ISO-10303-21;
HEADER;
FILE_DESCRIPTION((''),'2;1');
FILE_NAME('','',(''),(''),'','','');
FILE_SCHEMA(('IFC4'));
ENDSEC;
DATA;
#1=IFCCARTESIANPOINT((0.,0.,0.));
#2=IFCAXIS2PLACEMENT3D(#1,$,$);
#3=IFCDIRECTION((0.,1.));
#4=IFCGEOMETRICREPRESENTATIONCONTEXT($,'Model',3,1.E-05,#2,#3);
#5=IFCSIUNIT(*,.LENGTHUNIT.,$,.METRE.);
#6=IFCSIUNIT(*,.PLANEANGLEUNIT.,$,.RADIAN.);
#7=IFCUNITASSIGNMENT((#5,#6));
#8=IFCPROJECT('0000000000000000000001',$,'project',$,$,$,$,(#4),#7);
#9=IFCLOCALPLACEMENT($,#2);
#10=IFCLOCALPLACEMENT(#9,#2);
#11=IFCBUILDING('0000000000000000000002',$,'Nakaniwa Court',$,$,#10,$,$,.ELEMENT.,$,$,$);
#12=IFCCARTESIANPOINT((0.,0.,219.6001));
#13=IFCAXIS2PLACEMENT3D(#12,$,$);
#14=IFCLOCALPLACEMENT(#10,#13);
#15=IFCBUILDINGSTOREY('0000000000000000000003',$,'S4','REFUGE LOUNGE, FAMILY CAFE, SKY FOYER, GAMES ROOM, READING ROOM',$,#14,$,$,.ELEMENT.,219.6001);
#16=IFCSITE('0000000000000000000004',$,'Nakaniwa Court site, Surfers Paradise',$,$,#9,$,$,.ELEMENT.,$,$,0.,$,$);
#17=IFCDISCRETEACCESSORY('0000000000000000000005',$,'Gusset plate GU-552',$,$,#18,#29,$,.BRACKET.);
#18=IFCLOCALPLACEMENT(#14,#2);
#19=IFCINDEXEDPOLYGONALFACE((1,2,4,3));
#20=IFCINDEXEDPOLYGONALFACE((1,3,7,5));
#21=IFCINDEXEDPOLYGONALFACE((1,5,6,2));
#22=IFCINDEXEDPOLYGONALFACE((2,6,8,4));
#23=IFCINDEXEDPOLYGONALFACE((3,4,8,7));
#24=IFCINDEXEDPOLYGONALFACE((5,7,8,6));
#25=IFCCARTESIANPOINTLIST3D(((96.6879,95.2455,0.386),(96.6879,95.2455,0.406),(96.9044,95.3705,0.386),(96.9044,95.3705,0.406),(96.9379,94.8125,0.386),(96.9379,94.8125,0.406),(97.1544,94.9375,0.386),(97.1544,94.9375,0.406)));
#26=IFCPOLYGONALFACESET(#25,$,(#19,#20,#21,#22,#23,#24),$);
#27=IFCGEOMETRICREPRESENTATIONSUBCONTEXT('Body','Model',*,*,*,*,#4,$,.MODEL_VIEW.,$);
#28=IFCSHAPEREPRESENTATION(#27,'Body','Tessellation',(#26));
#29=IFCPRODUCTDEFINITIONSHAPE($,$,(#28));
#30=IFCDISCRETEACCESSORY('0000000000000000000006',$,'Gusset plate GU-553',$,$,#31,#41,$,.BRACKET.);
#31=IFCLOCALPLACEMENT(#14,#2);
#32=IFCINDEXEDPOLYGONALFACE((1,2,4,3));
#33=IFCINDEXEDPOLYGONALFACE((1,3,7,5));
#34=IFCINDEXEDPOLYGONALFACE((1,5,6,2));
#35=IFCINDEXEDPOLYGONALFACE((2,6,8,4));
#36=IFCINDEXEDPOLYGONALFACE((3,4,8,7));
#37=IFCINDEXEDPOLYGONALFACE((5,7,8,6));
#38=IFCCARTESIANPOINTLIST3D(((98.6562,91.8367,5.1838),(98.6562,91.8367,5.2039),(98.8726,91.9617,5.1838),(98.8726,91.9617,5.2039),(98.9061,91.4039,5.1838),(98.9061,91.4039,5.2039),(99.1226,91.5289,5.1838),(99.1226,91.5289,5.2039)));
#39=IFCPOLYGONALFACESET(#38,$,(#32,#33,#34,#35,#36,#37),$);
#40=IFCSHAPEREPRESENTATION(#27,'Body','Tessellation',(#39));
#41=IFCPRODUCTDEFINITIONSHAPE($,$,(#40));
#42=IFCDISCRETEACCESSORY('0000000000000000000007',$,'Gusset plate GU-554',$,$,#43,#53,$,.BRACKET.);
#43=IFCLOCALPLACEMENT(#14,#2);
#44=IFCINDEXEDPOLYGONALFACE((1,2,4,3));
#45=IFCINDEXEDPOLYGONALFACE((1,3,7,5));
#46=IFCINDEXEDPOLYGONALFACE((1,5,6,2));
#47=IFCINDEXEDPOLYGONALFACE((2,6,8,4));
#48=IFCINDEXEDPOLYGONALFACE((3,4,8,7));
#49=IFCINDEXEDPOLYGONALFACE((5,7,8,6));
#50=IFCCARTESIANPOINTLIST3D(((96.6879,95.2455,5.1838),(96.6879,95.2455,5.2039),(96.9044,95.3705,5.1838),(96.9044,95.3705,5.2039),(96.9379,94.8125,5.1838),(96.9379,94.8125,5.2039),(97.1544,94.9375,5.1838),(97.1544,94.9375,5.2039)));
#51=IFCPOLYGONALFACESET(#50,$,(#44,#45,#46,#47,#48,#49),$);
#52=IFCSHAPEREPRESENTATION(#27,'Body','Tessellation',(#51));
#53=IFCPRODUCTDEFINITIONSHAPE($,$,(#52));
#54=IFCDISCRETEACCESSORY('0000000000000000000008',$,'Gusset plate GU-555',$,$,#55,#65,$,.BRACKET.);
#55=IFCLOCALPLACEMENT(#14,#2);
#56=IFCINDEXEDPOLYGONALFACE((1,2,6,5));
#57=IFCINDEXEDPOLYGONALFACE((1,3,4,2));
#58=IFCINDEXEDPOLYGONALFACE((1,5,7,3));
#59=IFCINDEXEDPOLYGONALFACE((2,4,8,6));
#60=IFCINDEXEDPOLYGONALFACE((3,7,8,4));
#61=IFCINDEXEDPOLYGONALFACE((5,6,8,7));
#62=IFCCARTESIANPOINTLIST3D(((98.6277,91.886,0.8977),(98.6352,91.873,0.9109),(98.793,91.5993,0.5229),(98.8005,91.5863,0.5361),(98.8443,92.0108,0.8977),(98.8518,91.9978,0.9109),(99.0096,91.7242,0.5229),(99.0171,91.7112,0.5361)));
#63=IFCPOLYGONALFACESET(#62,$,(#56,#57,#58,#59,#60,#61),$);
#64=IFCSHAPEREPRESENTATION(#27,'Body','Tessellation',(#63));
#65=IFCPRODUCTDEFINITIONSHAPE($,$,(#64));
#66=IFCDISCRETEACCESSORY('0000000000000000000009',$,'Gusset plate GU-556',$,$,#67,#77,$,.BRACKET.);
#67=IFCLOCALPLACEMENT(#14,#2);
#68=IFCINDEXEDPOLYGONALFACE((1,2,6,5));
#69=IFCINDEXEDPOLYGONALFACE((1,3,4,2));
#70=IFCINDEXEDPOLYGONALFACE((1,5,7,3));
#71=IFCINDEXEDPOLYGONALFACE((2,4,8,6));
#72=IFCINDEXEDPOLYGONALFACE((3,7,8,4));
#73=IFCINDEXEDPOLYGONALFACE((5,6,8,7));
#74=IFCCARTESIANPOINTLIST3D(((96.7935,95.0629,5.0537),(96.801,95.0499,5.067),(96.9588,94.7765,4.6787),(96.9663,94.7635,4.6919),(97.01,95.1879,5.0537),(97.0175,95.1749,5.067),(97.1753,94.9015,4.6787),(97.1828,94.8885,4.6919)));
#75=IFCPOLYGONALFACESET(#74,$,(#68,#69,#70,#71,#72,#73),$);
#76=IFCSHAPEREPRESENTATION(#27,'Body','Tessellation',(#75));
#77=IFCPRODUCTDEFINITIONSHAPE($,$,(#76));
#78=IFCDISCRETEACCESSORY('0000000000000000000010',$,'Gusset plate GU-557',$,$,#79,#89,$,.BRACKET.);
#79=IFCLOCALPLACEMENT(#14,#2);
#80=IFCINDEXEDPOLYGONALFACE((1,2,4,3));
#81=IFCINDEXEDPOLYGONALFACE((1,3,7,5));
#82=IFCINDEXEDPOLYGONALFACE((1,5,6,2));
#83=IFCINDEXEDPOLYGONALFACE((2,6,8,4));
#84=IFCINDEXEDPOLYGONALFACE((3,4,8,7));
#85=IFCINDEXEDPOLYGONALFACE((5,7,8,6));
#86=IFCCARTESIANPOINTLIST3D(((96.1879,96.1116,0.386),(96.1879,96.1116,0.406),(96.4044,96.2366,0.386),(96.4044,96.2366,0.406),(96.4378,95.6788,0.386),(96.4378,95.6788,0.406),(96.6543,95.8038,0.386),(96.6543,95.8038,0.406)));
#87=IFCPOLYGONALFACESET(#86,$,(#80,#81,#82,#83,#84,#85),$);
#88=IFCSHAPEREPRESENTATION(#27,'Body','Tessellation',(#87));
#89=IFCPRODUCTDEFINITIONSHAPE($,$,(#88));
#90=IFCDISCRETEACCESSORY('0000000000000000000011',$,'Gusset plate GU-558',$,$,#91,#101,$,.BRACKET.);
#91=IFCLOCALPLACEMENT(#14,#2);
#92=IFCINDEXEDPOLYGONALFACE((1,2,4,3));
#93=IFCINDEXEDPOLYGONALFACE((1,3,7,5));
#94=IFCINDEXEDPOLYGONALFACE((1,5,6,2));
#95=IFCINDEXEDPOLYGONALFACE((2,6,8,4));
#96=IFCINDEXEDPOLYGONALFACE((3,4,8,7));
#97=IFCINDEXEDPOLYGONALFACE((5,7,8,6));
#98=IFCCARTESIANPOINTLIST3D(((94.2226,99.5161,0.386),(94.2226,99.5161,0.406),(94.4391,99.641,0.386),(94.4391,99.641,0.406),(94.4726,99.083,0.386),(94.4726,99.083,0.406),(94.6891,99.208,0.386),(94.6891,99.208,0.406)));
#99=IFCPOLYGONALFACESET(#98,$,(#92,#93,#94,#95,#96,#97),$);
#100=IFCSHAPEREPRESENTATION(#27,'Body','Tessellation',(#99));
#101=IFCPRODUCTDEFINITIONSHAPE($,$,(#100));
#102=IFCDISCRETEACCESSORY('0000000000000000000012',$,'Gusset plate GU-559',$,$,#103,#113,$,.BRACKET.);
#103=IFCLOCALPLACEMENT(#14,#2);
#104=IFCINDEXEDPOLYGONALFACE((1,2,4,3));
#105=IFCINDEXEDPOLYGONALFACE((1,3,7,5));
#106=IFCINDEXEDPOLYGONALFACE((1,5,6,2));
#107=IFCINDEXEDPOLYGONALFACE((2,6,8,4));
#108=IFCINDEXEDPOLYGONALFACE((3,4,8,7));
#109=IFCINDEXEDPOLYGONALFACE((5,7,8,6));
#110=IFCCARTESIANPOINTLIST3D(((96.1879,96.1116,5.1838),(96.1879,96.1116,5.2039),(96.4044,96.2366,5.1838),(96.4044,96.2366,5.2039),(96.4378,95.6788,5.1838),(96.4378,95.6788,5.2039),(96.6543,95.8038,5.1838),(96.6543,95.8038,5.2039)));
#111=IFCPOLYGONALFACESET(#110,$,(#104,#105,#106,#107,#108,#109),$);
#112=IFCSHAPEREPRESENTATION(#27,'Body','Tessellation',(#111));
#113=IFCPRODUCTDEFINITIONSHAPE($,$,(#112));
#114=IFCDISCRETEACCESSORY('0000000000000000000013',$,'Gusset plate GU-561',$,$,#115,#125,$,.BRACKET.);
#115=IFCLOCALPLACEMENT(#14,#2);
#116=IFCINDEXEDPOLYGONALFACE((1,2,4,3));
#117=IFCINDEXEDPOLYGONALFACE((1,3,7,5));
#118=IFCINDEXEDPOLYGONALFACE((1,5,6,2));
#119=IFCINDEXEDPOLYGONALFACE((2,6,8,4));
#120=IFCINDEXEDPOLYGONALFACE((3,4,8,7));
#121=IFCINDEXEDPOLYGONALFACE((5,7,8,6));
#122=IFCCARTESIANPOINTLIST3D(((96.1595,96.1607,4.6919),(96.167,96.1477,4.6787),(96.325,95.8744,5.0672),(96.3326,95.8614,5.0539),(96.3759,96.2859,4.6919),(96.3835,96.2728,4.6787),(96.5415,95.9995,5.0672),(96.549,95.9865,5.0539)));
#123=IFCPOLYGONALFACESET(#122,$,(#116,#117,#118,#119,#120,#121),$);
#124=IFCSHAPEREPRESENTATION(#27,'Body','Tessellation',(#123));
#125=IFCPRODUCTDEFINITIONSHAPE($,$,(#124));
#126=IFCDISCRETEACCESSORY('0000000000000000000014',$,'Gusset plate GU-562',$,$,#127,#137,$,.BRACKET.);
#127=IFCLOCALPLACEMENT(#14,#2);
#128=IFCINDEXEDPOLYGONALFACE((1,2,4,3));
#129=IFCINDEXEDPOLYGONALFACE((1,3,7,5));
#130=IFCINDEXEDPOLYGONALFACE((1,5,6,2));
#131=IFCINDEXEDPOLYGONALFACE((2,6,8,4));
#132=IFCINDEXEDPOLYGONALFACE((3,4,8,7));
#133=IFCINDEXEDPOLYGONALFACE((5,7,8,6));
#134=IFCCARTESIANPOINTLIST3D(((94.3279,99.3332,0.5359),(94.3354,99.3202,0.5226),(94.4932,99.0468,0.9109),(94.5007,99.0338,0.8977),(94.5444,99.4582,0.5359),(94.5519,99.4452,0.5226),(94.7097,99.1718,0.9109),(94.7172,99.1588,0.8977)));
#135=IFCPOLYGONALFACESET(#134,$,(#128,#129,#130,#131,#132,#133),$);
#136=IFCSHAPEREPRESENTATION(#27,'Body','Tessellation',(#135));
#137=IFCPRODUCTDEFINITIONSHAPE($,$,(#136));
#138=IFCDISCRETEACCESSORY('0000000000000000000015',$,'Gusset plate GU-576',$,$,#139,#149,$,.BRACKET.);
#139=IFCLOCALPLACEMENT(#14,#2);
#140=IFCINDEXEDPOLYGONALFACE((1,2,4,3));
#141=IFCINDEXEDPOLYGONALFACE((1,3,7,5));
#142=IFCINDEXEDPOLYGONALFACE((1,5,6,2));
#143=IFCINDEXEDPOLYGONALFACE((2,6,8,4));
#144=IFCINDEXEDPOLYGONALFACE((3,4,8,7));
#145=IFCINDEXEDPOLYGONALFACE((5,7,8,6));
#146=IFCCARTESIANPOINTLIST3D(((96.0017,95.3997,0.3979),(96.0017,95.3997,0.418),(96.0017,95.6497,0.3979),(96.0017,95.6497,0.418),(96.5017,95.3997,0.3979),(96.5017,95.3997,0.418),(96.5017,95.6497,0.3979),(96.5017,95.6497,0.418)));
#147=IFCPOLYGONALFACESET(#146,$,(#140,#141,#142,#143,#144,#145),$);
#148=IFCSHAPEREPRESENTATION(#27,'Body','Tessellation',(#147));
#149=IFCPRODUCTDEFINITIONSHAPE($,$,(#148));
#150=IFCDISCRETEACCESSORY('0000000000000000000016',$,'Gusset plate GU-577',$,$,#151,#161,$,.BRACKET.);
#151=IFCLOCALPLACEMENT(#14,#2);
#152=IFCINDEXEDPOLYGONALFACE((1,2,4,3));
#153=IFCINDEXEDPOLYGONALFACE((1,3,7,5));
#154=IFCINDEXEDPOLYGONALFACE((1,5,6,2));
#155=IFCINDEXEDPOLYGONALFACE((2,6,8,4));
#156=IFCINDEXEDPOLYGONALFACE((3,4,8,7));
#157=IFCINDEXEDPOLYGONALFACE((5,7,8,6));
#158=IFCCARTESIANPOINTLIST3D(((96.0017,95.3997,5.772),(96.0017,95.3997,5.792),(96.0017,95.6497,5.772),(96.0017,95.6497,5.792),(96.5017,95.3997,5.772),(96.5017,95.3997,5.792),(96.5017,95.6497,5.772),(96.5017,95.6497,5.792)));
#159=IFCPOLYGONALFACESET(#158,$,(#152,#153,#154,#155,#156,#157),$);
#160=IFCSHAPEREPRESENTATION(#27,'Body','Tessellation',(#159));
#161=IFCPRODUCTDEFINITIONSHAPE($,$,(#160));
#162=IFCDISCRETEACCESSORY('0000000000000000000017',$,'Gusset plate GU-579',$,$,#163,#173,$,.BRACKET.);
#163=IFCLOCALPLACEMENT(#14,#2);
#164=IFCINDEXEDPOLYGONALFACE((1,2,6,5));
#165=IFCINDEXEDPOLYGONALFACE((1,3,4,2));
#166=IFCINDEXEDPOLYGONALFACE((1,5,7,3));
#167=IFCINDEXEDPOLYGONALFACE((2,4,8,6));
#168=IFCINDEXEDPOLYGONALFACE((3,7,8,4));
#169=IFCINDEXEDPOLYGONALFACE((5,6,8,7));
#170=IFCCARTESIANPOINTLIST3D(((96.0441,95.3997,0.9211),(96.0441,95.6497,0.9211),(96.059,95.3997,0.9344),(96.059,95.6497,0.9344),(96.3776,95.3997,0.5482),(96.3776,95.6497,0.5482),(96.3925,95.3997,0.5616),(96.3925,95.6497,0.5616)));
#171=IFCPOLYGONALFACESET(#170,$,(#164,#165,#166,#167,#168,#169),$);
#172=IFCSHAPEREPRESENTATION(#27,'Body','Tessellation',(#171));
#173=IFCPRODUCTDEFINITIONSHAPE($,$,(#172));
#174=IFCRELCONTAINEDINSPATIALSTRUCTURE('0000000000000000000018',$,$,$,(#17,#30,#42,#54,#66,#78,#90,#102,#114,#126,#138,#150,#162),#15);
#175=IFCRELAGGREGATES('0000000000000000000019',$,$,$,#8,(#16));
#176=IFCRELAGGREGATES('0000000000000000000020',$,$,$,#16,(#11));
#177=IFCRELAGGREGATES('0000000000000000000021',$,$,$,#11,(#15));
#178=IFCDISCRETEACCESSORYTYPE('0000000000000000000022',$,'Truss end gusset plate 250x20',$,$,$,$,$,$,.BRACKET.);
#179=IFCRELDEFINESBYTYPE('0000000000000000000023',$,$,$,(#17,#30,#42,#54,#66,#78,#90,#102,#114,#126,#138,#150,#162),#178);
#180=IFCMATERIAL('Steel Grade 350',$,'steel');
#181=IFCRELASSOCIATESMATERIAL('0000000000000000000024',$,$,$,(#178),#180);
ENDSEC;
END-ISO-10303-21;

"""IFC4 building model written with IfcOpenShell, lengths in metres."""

from ifc_helpers import new_model, si_unit, direction, frame, origin, origin_2d, place, context, subcontext, project, spatial, rectangle, extrude, material, material_profile, profile_set, type_object, element, save


model = new_model("IFC4")

# Units and contexts
model_context = context("Model", 3, precision=1e-05, world=origin(), true_north=direction((0.0, 1.0)))
body_context = subcontext(model_context, "Body", "Model", "MODEL_VIEW")
ifc_project = project(units=[si_unit("LENGTHUNIT", "METRE"), si_unit("PLANEANGLEUNIT", "RADIAN")], contexts=[model_context])

# Site, building, storey
site_placement = place(None, origin())
site = spatial("IfcSite", under=ifc_project, at=site_placement, Name="Nakaniwa Court site, Surfers Paradise", CompositionType="ELEMENT", RefElevation=0.0)
building_placement = place(site_placement, origin())
building = spatial("IfcBuilding", under=site, at=building_placement, Name="Nakaniwa Court", CompositionType="ELEMENT")
storey_placement = place(building_placement, frame((0.0, 0.0, 219.6001)))
storey = spatial("IfcBuildingStorey", under=building, at=storey_placement, Name="S4", Description="REFUGE LOUNGE, FAMILY CAFE, SKY FOYER, GAMES ROOM, READING ROOM", CompositionType="ELEMENT", Elevation=219.6001)

# Shared definitions
ifc_material_1 = material(Name="Steel Grade 350", Category="steel")

# Discrete accessories
ifc_material_profile_1 = material_profile(ifc_material_1, rectangle(XDim=0.25, YDim=0.02, at=origin_2d()), Name="Truss end gusset plate 250x20")
ifc_profile_set_1 = profile_set([ifc_material_profile_1], Name="Steel Grade 350")
discrete_accessory_type = type_object("IfcDiscreteAccessoryType", Name="Truss end gusset plate 250x20", PredefinedType="BRACKET", material=ifc_profile_set_1)
discrete_accessory_1_placement = place(storey_placement, frame((97.0461, 94.875, 0.396), z_axis=(-0.49992, 0.866072, 0.0), x_axis=(-0.866072, -0.49992, 0.0)))
element("IfcDiscreteAccessory", 1, at=discrete_accessory_1_placement, inside=storey, type_object=discrete_accessory_type, Name="Gusset plate GU-552", PredefinedType="BRACKET", context=body_context, shape_type="SweptSolid", body=[
    extrude(rectangle(XDim=0.25, YDim=0.02, at=origin_2d()), origin(), (0.0, 0.0, 1.0), 0.5),
])
discrete_accessory_2_placement = place(storey_placement, frame((98.7644, 91.8992, 5.1938), z_axis=(0.500131, -0.86595, 0.0), x_axis=(0.86595, 0.500131, 0.0)))
element("IfcDiscreteAccessory", 2, at=discrete_accessory_2_placement, inside=storey, type_object=discrete_accessory_type, Name="Gusset plate GU-553", PredefinedType="BRACKET", context=body_context, shape_type="SweptSolid", body=[
    extrude(rectangle(XDim=0.25, YDim=0.02, at=origin_2d()), origin(), (0.0, 0.0, 1.0), 0.4998),
])
for number, where, z_axis, x_axis, name in (
    (3, (97.0461, 94.875, 5.1938), (-0.49992, 0.866072, 0.0), (-0.866072, -0.49992, 0.0), "Gusset plate GU-554"),
    (4, (98.7397, 91.9419, 0.9043), (0.330625, -0.573343, -0.749643), (0.866284, 0.499552, 0.0), "Gusset plate GU-555"),
    (5, (97.0708, 94.8325, 4.6853), (-0.330596, 0.572805, 0.750067), (-0.8661, -0.499872, 0.0), "Gusset plate GU-556"),
):
    element("IfcDiscreteAccessory", number, at=place(storey_placement, frame(where, z_axis=z_axis, x_axis=x_axis)), inside=storey, type_object=discrete_accessory_type, Name=name, PredefinedType="BRACKET", context=body_context, shape_type="SweptSolid", body=[
        extrude(rectangle(XDim=0.25, YDim=0.02, at=origin_2d()), origin(), (0.0, 0.0, 1.0), 0.5),
    ])
discrete_accessory_3_placement = place(storey_placement, frame((96.2961, 96.1741, 0.396), z_axis=(0.500131, -0.86595, 0.0), x_axis=(0.86595, 0.500131, 0.0)))
element("IfcDiscreteAccessory", 6, at=discrete_accessory_3_placement, inside=storey, type_object=discrete_accessory_type, Name="Gusset plate GU-557", PredefinedType="BRACKET", context=body_context, shape_type="SweptSolid", body=[
    extrude(rectangle(XDim=0.25, YDim=0.02, at=origin_2d()), origin(), (0.0, 0.0, 1.0), 0.4998),
])
discrete_accessory_4_placement = place(storey_placement, frame((94.5808, 99.1455, 0.396), z_axis=(-0.49992, 0.866072, 0.0), x_axis=(-0.866072, -0.49992, 0.0)))
element("IfcDiscreteAccessory", 7, at=discrete_accessory_4_placement, inside=storey, type_object=discrete_accessory_type, Name="Gusset plate GU-558", PredefinedType="BRACKET", context=body_context, shape_type="SweptSolid", body=[
    extrude(rectangle(XDim=0.25, YDim=0.02, at=origin_2d()), origin(), (0.0, 0.0, 1.0), 0.5),
])
discrete_accessory_5_placement = place(storey_placement, frame((96.2961, 96.1741, 5.1938), z_axis=(0.500131, -0.86595, 0.0), x_axis=(0.86595, 0.500131, 0.0)))
element("IfcDiscreteAccessory", 8, at=discrete_accessory_5_placement, inside=storey, type_object=discrete_accessory_type, Name="Gusset plate GU-559", PredefinedType="BRACKET", context=body_context, shape_type="SweptSolid", body=[
    extrude(rectangle(XDim=0.25, YDim=0.02, at=origin_2d()), origin(), (0.0, 0.0, 1.0), 0.4998),
])
discrete_accessory_6_placement = place(storey_placement, frame((96.2715, 96.2168, 4.6853), z_axis=(0.33091, -0.572503, 0.750159), x_axis=(0.86578, 0.500425, 0.0)))
element("IfcDiscreteAccessory", 9, at=discrete_accessory_6_placement, inside=storey, type_object=discrete_accessory_type, Name="Gusset plate GU-561", PredefinedType="BRACKET", context=body_context, shape_type="SweptSolid", body=[
    extrude(rectangle(XDim=0.25, YDim=0.02, at=origin_2d()), origin(), (0.0, 0.0, 1.0), 0.5002),
])
for number, where, z_axis, x_axis, name in (
    (10, (94.6052, 99.1028, 0.9043), (-0.330596, 0.572805, -0.750067), (-0.8661, -0.499872, 0.0), "Gusset plate GU-562"),
    (11, (96.0017, 95.5247, 0.408), (1.0, 0.0, 0.0), (0.0, 1.0, 0.0), "Gusset plate GU-576"),
    (12, (96.0017, 95.5247, 5.782), (1.0, 0.0, 0.0), (0.0, 1.0, 0.0), "Gusset plate GU-577"),
):
    element("IfcDiscreteAccessory", number, at=place(storey_placement, frame(where, z_axis=z_axis, x_axis=x_axis)), inside=storey, type_object=discrete_accessory_type, Name=name, PredefinedType="BRACKET", context=body_context, shape_type="SweptSolid", body=[
        extrude(rectangle(XDim=0.25, YDim=0.02, at=origin_2d()), origin(), (0.0, 0.0, 1.0), 0.5),
    ])
discrete_accessory_7_placement = place(storey_placement, frame((96.0515, 95.5247, 0.9277), z_axis=(0.666724, 0.0, -0.745305), x_axis=(0.0, 1.0, 0.0)))
element("IfcDiscreteAccessory", 13, at=discrete_accessory_7_placement, inside=storey, type_object=discrete_accessory_type, Name="Gusset plate GU-579", PredefinedType="BRACKET", context=body_context, shape_type="SweptSolid", body=[
    extrude(rectangle(XDim=0.25, YDim=0.02, at=origin_2d()), origin(), (0.0, 0.0, 1.0), 0.5002),
])

save(model, "model.ifc")
